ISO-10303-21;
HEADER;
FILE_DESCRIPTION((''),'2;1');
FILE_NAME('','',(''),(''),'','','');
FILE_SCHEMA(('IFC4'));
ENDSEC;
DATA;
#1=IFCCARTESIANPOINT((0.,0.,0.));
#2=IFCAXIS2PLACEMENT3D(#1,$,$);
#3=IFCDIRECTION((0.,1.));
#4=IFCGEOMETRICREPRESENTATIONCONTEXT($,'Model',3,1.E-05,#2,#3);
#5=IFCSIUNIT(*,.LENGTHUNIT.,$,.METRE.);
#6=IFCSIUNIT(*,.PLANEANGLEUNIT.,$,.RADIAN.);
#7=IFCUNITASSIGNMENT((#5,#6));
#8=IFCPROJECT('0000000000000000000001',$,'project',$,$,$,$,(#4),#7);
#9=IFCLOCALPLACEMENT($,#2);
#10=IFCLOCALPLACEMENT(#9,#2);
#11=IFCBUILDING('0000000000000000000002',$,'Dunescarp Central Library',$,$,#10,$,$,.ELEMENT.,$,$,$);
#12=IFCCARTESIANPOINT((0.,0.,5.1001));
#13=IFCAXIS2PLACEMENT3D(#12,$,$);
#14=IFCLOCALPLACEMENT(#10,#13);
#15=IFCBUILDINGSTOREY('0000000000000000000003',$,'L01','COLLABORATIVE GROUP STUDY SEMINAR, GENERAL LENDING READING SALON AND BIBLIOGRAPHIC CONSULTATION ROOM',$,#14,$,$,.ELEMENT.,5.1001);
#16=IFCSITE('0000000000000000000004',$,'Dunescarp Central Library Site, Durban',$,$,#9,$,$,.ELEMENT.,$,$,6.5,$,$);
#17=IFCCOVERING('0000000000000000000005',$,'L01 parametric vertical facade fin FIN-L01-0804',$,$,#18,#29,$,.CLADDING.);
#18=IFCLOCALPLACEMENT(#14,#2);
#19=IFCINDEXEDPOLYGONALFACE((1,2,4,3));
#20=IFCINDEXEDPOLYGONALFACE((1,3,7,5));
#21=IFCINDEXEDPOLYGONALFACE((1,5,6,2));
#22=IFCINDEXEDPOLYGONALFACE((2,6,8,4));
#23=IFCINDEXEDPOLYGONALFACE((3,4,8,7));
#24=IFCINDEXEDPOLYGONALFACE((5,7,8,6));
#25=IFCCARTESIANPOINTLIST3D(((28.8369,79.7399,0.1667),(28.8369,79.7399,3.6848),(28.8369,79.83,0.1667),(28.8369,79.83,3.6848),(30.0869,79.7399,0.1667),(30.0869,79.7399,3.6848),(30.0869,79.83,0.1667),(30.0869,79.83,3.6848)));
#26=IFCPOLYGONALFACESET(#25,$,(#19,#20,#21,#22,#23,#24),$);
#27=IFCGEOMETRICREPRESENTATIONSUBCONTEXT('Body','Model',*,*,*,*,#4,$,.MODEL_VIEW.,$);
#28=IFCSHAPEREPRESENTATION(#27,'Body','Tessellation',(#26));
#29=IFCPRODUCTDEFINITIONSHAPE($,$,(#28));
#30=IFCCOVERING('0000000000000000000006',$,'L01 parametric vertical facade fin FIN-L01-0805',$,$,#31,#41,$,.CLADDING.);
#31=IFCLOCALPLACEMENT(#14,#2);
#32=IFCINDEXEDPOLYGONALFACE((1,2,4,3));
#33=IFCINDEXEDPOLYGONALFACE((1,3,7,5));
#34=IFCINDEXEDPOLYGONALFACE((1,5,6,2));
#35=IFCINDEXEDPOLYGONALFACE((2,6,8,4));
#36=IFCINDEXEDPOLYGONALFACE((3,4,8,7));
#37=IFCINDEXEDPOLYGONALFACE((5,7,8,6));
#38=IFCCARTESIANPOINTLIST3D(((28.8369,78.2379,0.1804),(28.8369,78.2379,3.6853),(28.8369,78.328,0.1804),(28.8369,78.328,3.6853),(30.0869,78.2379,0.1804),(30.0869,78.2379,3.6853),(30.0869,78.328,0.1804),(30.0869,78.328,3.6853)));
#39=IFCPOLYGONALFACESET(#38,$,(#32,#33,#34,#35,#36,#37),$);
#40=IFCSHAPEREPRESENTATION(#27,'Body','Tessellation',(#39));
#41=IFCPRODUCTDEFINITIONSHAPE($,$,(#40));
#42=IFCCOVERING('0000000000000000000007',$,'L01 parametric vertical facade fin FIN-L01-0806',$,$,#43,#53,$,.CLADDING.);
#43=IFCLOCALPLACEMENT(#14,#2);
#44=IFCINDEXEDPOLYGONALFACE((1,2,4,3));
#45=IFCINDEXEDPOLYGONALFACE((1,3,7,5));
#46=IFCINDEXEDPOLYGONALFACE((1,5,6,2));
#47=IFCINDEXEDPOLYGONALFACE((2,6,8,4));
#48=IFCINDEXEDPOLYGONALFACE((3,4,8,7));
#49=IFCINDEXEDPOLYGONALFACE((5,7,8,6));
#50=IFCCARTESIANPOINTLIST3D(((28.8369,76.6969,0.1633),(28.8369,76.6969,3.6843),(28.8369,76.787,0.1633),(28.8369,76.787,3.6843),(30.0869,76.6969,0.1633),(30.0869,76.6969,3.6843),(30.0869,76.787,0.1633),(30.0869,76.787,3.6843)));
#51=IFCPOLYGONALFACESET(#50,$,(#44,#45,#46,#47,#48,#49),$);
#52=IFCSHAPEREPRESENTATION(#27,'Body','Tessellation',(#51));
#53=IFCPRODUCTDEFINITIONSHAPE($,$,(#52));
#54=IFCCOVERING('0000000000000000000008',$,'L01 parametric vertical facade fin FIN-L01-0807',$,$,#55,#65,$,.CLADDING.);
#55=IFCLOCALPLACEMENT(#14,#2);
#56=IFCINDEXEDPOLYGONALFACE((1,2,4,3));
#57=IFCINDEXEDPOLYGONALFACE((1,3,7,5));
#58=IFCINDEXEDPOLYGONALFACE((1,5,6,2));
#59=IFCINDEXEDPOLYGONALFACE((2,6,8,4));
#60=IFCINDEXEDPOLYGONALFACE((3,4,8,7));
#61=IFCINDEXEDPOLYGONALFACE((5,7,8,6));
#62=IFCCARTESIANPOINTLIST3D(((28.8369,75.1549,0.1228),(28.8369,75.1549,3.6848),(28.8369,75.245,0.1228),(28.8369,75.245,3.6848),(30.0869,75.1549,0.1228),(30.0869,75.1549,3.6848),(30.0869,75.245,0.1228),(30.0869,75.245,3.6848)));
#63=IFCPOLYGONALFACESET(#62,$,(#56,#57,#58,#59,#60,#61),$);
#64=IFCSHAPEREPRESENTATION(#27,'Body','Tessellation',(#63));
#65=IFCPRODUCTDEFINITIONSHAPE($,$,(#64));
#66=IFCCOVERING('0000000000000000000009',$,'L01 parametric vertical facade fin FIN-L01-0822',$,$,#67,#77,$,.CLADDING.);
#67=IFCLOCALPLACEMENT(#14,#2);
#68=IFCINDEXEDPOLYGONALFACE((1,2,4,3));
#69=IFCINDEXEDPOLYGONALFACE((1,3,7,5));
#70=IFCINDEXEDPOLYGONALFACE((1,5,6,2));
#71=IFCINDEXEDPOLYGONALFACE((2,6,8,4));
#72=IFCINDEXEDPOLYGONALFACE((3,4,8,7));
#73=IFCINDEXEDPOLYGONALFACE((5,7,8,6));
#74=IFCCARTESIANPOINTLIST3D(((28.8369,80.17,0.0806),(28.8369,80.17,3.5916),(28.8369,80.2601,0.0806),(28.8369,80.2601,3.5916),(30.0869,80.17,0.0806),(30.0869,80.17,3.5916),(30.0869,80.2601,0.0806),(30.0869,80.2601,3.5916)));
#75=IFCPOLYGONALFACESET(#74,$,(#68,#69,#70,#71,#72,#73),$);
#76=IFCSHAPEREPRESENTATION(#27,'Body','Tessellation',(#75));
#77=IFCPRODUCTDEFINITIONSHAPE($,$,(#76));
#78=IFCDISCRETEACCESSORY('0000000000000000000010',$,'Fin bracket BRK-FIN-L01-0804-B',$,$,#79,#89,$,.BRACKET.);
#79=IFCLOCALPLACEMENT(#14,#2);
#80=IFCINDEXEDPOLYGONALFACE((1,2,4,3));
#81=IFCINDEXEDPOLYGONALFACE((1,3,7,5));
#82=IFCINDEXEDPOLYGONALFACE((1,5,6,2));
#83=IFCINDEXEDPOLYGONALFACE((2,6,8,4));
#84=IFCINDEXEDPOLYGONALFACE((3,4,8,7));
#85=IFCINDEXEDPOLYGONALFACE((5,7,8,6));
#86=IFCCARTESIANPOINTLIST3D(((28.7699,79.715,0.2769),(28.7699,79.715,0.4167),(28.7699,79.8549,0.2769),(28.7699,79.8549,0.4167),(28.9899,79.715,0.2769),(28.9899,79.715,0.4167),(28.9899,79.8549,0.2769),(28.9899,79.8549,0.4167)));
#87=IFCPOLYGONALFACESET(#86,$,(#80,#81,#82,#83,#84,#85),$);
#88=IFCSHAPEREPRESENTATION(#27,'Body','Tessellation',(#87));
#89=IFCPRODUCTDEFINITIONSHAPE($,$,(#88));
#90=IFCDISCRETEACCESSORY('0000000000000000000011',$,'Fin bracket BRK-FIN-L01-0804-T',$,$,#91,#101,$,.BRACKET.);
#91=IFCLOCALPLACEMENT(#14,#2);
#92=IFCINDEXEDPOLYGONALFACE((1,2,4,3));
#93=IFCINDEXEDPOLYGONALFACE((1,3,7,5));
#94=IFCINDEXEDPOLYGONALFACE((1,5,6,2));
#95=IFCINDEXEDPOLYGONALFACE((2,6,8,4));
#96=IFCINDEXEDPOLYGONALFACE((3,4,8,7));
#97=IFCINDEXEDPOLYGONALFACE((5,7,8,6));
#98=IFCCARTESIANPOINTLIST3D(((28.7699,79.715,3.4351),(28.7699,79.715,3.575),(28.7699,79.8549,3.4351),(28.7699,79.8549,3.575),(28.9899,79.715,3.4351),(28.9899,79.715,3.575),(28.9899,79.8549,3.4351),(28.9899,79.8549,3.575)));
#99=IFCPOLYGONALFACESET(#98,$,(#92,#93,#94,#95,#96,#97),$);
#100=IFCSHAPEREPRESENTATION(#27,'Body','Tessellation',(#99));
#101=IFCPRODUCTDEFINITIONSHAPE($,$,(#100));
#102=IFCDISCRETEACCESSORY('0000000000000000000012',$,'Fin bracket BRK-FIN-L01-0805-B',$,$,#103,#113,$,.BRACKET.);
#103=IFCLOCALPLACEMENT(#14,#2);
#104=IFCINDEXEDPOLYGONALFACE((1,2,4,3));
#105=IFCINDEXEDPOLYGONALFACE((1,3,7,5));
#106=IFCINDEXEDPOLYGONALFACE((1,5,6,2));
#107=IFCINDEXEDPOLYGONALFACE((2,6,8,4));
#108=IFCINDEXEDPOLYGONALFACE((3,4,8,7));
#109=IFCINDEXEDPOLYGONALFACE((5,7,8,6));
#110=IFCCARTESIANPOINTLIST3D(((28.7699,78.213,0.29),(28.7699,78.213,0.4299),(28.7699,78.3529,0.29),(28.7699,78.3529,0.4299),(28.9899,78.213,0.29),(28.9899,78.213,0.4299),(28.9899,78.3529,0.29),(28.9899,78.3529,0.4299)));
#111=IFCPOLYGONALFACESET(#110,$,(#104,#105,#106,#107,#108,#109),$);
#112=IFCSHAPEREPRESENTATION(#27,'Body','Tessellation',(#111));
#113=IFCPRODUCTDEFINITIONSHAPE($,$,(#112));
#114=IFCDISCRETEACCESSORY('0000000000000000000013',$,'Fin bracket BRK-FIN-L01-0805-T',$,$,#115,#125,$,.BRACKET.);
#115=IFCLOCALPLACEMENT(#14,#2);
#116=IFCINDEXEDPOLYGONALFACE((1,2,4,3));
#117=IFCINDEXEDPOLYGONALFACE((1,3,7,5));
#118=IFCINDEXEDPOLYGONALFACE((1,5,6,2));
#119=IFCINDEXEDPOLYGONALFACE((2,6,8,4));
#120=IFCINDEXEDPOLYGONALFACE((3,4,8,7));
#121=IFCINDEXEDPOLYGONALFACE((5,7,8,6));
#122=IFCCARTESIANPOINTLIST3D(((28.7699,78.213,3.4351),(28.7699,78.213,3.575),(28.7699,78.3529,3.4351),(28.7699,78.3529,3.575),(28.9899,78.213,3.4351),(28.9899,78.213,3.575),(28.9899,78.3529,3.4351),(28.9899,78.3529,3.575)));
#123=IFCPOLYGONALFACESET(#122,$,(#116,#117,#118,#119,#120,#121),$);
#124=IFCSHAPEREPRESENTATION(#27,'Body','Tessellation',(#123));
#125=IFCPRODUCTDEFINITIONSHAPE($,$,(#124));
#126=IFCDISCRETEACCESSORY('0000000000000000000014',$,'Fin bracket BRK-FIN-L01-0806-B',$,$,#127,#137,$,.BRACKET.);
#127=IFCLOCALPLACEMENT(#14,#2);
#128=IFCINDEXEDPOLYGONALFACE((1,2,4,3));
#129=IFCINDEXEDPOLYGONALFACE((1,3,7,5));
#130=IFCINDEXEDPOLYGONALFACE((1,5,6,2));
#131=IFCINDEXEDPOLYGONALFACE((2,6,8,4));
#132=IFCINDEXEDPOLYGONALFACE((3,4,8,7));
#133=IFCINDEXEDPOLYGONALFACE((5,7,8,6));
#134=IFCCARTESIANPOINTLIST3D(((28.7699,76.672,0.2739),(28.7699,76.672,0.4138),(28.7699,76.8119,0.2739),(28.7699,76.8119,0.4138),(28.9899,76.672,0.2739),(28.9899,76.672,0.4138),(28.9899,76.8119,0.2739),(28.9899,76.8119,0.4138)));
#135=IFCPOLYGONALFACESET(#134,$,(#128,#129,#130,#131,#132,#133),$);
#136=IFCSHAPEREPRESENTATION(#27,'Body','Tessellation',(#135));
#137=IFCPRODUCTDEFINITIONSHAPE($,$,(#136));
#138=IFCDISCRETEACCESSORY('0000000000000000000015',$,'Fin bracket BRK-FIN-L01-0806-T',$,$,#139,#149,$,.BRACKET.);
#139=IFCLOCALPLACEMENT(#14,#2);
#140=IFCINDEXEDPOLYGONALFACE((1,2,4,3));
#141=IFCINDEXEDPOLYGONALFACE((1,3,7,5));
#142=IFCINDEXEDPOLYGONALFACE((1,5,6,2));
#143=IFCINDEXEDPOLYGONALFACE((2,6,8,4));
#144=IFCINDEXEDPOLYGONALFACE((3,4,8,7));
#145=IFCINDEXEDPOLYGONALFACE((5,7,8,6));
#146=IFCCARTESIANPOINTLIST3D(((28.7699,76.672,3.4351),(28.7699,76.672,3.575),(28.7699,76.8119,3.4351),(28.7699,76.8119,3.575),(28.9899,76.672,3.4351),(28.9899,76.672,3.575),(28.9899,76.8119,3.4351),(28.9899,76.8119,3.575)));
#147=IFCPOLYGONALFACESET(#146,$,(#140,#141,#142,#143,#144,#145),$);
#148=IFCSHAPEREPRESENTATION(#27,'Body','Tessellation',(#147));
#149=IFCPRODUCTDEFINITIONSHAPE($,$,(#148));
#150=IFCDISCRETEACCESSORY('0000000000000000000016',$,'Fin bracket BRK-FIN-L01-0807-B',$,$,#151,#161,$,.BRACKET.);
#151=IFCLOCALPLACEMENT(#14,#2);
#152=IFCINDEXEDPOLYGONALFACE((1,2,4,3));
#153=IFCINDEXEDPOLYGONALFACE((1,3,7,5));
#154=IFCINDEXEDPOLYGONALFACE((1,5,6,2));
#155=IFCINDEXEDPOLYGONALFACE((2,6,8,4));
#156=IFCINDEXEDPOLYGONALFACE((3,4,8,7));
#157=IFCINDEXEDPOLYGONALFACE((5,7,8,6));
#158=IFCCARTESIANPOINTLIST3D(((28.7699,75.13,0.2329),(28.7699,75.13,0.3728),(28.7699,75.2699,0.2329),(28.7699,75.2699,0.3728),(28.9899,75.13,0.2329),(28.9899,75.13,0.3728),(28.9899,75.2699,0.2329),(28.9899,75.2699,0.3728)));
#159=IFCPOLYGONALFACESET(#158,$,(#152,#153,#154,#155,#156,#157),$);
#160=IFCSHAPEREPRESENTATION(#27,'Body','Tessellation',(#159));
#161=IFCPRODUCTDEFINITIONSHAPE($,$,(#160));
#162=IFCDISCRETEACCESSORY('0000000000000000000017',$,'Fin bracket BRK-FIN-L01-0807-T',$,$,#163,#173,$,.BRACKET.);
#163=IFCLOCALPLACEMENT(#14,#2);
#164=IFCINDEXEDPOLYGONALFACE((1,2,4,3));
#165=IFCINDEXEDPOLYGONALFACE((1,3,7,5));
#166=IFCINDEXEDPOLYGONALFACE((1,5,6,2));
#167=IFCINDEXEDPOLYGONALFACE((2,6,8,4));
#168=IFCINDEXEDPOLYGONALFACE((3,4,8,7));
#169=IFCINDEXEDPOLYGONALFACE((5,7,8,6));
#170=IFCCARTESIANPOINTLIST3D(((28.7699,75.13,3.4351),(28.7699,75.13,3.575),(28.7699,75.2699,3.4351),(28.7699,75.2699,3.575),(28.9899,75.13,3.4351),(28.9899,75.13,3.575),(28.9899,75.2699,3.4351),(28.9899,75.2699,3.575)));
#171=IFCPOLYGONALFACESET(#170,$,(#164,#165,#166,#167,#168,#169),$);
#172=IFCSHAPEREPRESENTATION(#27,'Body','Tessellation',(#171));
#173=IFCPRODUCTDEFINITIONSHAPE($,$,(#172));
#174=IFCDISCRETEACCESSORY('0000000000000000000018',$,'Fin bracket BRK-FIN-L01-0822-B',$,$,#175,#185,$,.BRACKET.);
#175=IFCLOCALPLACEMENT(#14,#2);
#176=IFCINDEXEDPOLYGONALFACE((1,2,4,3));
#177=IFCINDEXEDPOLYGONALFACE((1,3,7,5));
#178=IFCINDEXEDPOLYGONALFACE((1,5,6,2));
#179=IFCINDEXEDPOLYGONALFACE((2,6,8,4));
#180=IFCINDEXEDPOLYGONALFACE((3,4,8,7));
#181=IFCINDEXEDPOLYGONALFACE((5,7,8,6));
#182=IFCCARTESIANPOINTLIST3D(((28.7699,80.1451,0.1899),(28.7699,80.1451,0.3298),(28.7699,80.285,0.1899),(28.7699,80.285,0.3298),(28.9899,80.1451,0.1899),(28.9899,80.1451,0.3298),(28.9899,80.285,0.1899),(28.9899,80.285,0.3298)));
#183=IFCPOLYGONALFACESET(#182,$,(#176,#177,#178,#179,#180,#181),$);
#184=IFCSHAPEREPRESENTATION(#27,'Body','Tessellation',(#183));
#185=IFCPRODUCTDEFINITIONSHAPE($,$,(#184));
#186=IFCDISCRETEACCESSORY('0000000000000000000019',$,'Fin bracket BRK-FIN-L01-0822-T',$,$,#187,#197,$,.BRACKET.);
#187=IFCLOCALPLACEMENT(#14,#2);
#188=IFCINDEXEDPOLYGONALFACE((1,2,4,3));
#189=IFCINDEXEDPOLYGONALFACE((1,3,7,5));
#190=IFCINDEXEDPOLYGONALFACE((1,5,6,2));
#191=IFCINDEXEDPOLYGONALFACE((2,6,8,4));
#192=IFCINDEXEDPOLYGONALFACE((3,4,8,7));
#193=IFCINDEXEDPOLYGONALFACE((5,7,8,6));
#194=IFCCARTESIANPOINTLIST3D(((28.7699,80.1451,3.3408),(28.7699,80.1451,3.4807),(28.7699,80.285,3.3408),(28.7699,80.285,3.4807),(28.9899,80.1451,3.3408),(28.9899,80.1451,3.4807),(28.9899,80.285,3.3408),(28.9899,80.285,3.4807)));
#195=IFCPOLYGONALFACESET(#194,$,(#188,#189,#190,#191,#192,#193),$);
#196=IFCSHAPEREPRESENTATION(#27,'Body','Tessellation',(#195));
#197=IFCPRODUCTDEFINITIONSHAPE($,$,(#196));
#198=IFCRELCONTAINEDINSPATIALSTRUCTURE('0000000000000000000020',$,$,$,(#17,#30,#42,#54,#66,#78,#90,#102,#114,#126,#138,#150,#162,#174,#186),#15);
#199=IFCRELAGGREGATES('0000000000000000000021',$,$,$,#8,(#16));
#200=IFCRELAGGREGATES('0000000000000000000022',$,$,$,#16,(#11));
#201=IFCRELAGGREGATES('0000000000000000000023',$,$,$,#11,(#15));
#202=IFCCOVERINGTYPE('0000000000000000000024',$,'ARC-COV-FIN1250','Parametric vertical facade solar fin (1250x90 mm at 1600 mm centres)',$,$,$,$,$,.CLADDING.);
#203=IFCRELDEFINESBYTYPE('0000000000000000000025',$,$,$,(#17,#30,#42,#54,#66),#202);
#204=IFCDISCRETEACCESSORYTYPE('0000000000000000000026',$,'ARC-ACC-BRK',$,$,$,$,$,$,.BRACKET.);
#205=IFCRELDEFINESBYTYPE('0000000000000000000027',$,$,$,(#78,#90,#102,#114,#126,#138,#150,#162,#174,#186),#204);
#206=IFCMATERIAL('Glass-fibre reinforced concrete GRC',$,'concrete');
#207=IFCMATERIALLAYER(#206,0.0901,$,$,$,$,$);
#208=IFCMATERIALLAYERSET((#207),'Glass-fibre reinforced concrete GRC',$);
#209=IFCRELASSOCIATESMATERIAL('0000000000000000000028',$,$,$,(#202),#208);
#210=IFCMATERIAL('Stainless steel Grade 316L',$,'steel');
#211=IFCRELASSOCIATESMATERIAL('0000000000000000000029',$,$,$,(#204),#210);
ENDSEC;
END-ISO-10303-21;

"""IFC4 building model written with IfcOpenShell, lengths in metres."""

from ifc_helpers import new_model, si_unit, direction, frame, origin, origin_2d, place, context, subcontext, project, spatial, rectangle, extrude, material, layer, layer_set, type_object, element, save


model = new_model("IFC4")

# Units and contexts
model_context = context("Model", 3, precision=1e-05, world=origin(), true_north=direction((0.0, 1.0)))
body_context = subcontext(model_context, "Body", "Model", "MODEL_VIEW")
ifc_project = project(units=[si_unit("LENGTHUNIT", "METRE"), si_unit("PLANEANGLEUNIT", "RADIAN")], contexts=[model_context])

# Site, building, storey
site_placement = place(None, origin())
site = spatial("IfcSite", under=ifc_project, at=site_placement, Name="Dunescarp Central Library Site, Durban", CompositionType="ELEMENT", RefElevation=6.5)
building_placement = place(site_placement, origin())
building = spatial("IfcBuilding", under=site, at=building_placement, Name="Dunescarp Central Library", CompositionType="ELEMENT")
storey_placement = place(building_placement, frame((0.0, 0.0, 5.1001)))
storey = spatial("IfcBuildingStorey", under=building, at=storey_placement, Name="L01", Description="COLLABORATIVE GROUP STUDY SEMINAR, GENERAL LENDING READING SALON AND BIBLIOGRAPHIC CONSULTATION ROOM", CompositionType="ELEMENT", Elevation=5.1001)

# Coverings
ifc_material_1 = material(Name="Glass-fibre reinforced concrete GRC", Category="concrete")
ifc_layer_1 = layer(ifc_material_1, 0.0901)
ifc_layer_set_1 = layer_set([ifc_layer_1], Name="Glass-fibre reinforced concrete GRC")
covering_type = type_object("IfcCoveringType", Name="ARC-COV-FIN1250", Description="Parametric vertical facade solar fin (1250x90 mm at 1600 mm centres)", PredefinedType="CLADDING", material=ifc_layer_set_1)
covering_1_placement = place(storey_placement, frame((29.4619, 79.7849, 0.1667), z_axis=(0.0, 0.0, 1.0), x_axis=(1.0, 0.0, 0.0)))
element("IfcCovering", 1, at=covering_1_placement, inside=storey, type_object=covering_type, Name="L01 parametric vertical facade fin FIN-L01-0804", PredefinedType="CLADDING", context=body_context, shape_type="SweptSolid", body=[
    extrude(rectangle(XDim=1.25, YDim=0.0901, at=origin_2d()), origin(), (0.0, 0.0, 1.0), 3.5181),
])
covering_2_placement = place(storey_placement, frame((29.4619, 78.283, 0.1804), z_axis=(0.0, 0.0, 1.0), x_axis=(1.0, 0.0, 0.0)))
element("IfcCovering", 2, at=covering_2_placement, inside=storey, type_object=covering_type, Name="L01 parametric vertical facade fin FIN-L01-0805", PredefinedType="CLADDING", context=body_context, shape_type="SweptSolid", body=[
    extrude(rectangle(XDim=1.25, YDim=0.0901, at=origin_2d()), origin(), (0.0, 0.0, 1.0), 3.5049),
])
covering_3_placement = place(storey_placement, frame((29.4619, 76.7419, 0.1633), z_axis=(0.0, 0.0, 1.0), x_axis=(1.0, 0.0, 0.0)))
element("IfcCovering", 3, at=covering_3_placement, inside=storey, type_object=covering_type, Name="L01 parametric vertical facade fin FIN-L01-0806", PredefinedType="CLADDING", context=body_context, shape_type="SweptSolid", body=[
    extrude(rectangle(XDim=1.25, YDim=0.0901, at=origin_2d()), origin(), (0.0, 0.0, 1.0), 3.521),
])
covering_4_placement = place(storey_placement, frame((29.4619, 75.2, 0.1228), z_axis=(0.0, 0.0, 1.0), x_axis=(1.0, 0.0, 0.0)))
element("IfcCovering", 4, at=covering_4_placement, inside=storey, type_object=covering_type, Name="L01 parametric vertical facade fin FIN-L01-0807", PredefinedType="CLADDING", context=body_context, shape_type="SweptSolid", body=[
    extrude(rectangle(XDim=1.25, YDim=0.0901, at=origin_2d()), origin(), (0.0, 0.0, 1.0), 3.562),
])
covering_5_placement = place(storey_placement, frame((29.4619, 80.2151, 0.0806), z_axis=(0.0, 0.0, 1.0), x_axis=(1.0, 0.0, 0.0)))
element("IfcCovering", 5, at=covering_5_placement, inside=storey, type_object=covering_type, Name="L01 parametric vertical facade fin FIN-L01-0822", PredefinedType="CLADDING", context=body_context, shape_type="SweptSolid", body=[
    extrude(rectangle(XDim=1.25, YDim=0.0901, at=origin_2d()), origin(), (0.0, 0.0, 1.0), 3.511),
])

# Discrete accessories
ifc_material_2 = material(Name="Stainless steel Grade 316L", Category="steel")
discrete_accessory_type = type_object("IfcDiscreteAccessoryType", Name="ARC-ACC-BRK", PredefinedType="BRACKET", material=ifc_material_2)
for number, where, z_axis, x_axis, name in (
    (6, (28.8799, 79.7849, 0.2769), (0.0, 0.0, 1.0), (1.0, 0.0, 0.0), "Fin bracket BRK-FIN-L01-0804-B"),
    (7, (28.8799, 79.7849, 3.4351), (0.0, 0.0, 1.0), (1.0, 0.0, 0.0), "Fin bracket BRK-FIN-L01-0804-T"),
    (8, (28.8799, 78.283, 0.29), (0.0, 0.0, 1.0), (1.0, 0.0, 0.0), "Fin bracket BRK-FIN-L01-0805-B"),
    (9, (28.8799, 78.283, 3.4351), (0.0, 0.0, 1.0), (1.0, 0.0, 0.0), "Fin bracket BRK-FIN-L01-0805-T"),
    (10, (28.8799, 76.7419, 0.2739), (0.0, 0.0, 1.0), (1.0, 0.0, 0.0), "Fin bracket BRK-FIN-L01-0806-B"),
    (11, (28.8799, 76.7419, 3.4351), (0.0, 0.0, 1.0), (1.0, 0.0, 0.0), "Fin bracket BRK-FIN-L01-0806-T"),
    (12, (28.8799, 75.2, 0.2329), (0.0, 0.0, 1.0), (1.0, 0.0, 0.0), "Fin bracket BRK-FIN-L01-0807-B"),
    (13, (28.8799, 75.2, 3.4351), (0.0, 0.0, 1.0), (1.0, 0.0, 0.0), "Fin bracket BRK-FIN-L01-0807-T"),
    (14, (28.8799, 80.2151, 0.1899), (0.0, 0.0, 1.0), (1.0, 0.0, 0.0), "Fin bracket BRK-FIN-L01-0822-B"),
    (15, (28.8799, 80.2151, 3.3408), (0.0, 0.0, 1.0), (1.0, 0.0, 0.0), "Fin bracket BRK-FIN-L01-0822-T"),
):
    element("IfcDiscreteAccessory", number, at=place(storey_placement, frame(where, z_axis=z_axis, x_axis=x_axis)), inside=storey, type_object=discrete_accessory_type, Name=name, PredefinedType="BRACKET", context=body_context, shape_type="SweptSolid", body=[
        extrude(rectangle(XDim=0.22, YDim=0.1399, at=origin_2d()), origin(), (0.0, 0.0, 1.0), 0.1399),
    ])

save(model, "model.ifc")
